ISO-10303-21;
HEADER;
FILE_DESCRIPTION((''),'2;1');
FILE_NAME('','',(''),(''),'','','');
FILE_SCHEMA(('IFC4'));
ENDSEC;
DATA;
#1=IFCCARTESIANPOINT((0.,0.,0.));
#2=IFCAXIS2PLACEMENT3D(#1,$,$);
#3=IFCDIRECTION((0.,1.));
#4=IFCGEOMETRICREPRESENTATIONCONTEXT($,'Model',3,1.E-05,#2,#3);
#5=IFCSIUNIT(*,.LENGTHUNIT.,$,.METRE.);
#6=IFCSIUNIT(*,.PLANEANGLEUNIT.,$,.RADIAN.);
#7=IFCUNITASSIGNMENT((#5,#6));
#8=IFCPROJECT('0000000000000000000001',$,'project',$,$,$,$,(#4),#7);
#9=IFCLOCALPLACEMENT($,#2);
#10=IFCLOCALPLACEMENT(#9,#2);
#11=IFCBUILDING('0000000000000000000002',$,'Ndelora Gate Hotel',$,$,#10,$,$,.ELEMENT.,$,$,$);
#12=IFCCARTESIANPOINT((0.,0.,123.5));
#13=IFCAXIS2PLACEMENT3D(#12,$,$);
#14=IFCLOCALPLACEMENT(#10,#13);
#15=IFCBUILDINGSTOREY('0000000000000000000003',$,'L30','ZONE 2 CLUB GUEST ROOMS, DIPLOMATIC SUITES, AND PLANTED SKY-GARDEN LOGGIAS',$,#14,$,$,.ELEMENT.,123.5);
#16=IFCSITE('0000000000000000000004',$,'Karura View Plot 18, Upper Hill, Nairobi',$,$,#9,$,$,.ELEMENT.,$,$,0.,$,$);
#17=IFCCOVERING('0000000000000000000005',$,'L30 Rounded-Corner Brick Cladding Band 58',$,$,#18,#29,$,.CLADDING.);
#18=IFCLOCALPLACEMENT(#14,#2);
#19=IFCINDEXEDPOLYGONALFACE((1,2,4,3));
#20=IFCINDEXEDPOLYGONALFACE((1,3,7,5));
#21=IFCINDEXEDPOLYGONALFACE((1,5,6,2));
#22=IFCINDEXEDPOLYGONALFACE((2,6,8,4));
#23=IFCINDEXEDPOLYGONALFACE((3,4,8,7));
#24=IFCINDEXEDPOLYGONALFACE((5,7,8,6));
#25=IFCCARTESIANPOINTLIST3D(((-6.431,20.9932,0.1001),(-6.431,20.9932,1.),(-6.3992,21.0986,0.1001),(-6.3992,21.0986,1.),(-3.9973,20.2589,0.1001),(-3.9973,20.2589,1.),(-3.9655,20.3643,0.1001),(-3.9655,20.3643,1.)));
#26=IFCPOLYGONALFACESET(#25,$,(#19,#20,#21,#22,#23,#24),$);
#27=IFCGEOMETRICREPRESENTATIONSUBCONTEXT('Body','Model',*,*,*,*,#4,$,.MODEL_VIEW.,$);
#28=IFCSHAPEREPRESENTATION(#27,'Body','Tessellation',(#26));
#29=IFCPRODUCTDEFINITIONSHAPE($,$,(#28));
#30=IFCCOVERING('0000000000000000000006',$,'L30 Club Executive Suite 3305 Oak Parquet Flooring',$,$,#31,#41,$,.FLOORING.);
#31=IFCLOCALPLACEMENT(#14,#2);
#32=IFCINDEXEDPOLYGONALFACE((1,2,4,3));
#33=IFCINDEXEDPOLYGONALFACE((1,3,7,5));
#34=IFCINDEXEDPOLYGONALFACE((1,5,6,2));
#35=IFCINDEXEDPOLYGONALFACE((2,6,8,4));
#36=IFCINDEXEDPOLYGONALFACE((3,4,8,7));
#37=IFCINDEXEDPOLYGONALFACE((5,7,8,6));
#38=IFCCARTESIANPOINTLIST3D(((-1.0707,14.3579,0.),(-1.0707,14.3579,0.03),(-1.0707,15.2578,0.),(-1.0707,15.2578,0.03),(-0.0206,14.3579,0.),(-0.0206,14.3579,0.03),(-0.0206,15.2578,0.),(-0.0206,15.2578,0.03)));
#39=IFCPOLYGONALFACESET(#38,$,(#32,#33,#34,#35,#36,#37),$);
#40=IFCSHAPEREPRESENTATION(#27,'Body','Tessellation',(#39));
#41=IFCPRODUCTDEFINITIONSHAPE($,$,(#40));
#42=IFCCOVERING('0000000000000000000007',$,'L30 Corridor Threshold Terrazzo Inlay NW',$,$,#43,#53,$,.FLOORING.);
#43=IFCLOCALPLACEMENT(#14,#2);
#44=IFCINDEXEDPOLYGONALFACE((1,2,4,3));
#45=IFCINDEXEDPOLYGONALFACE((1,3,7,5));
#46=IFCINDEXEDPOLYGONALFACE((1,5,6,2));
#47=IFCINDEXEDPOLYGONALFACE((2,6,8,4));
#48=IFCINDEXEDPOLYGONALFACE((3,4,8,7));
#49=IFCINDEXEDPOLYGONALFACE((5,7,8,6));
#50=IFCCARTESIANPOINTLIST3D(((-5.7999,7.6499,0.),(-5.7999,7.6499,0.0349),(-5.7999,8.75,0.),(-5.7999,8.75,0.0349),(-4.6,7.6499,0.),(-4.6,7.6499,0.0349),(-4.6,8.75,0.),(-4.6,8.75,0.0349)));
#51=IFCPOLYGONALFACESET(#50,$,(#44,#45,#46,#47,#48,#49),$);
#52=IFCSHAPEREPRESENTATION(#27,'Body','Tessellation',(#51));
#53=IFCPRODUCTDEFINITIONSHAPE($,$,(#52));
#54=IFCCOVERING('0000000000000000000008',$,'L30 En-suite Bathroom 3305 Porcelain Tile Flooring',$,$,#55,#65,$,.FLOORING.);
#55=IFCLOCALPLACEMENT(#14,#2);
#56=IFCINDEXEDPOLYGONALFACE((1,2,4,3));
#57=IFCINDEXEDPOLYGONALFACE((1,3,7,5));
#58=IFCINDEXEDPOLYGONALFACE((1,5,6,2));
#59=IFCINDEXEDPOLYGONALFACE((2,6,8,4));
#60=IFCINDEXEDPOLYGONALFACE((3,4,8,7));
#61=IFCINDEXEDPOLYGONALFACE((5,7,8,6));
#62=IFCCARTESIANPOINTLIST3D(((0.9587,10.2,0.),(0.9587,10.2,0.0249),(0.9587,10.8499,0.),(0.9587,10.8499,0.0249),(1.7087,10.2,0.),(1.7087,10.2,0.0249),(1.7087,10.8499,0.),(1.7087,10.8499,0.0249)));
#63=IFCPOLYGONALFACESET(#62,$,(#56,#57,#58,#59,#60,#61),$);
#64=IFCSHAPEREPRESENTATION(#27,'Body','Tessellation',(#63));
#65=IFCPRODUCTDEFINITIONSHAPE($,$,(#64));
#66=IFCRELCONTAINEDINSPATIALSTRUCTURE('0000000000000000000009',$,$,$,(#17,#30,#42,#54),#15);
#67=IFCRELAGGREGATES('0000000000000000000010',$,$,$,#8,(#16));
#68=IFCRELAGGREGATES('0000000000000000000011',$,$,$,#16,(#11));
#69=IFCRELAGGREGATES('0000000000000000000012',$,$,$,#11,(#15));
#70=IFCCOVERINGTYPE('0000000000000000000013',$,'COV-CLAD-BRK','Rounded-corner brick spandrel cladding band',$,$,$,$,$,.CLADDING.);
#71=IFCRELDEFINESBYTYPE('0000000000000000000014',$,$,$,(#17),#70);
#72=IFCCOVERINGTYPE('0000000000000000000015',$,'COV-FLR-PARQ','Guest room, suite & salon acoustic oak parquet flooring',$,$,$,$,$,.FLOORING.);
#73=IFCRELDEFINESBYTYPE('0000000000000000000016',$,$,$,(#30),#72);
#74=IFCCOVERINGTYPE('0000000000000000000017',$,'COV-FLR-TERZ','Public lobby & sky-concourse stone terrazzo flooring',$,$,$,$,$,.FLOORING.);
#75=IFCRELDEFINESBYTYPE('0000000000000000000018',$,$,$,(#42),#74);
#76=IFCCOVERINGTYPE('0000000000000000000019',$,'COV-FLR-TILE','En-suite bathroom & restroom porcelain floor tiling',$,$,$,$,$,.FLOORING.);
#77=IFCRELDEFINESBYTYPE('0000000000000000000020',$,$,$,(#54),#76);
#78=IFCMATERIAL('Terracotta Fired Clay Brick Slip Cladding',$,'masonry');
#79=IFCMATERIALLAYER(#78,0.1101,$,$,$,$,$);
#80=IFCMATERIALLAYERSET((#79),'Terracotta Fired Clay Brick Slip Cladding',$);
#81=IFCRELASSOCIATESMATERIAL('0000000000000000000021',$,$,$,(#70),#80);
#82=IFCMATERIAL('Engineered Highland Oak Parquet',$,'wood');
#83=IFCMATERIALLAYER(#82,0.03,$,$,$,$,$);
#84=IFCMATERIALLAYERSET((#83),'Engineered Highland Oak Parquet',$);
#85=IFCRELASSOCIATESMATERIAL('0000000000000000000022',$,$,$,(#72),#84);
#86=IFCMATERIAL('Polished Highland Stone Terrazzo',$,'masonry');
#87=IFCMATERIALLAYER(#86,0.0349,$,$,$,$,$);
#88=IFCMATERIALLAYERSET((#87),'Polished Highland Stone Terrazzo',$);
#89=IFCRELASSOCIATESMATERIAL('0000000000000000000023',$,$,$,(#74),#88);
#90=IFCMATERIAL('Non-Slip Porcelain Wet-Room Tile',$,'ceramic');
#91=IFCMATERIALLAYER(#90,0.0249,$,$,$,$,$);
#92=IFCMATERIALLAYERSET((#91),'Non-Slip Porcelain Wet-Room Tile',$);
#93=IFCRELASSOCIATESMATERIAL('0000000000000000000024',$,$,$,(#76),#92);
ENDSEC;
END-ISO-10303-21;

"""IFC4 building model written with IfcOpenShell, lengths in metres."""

from ifc_helpers import new_model, si_unit, direction, frame, origin, origin_2d, place, context, subcontext, project, spatial, rectangle, extrude, material, layer, layer_set, type_object, element, save


model = new_model("IFC4")

# Units and contexts
model_context = context("Model", 3, precision=1e-05, world=origin(), true_north=direction((0.0, 1.0)))
body_context = subcontext(model_context, "Body", "Model", "MODEL_VIEW")
ifc_project = project(units=[si_unit("LENGTHUNIT", "METRE"), si_unit("PLANEANGLEUNIT", "RADIAN")], contexts=[model_context])

# Site, building, storey
site_placement = place(None, origin())
site = spatial("IfcSite", under=ifc_project, at=site_placement, Name="Karura View Plot 18, Upper Hill, Nairobi", CompositionType="ELEMENT", RefElevation=0.0)
building_placement = place(site_placement, origin())
building = spatial("IfcBuilding", under=site, at=building_placement, Name="Ndelora Gate Hotel", CompositionType="ELEMENT")
storey_placement = place(building_placement, frame((0.0, 0.0, 123.5)))
storey = spatial("IfcBuildingStorey", under=building, at=storey_placement, Name="L30", Description="ZONE 2 CLUB GUEST ROOMS, DIPLOMATIC SUITES, AND PLANTED SKY-GARDEN LOGGIAS", CompositionType="ELEMENT", Elevation=123.5)

# Coverings
ifc_material_1 = material(Name="Terracotta Fired Clay Brick Slip Cladding", Category="masonry")
ifc_layer_1 = layer(ifc_material_1, 0.1101)
ifc_layer_set_1 = layer_set([ifc_layer_1], Name="Terracotta Fired Clay Brick Slip Cladding")
covering_type_1 = type_object("IfcCoveringType", Name="COV-CLAD-BRK", Description="Rounded-corner brick spandrel cladding band", PredefinedType="CLADDING", material=ifc_layer_set_1)
covering_1_placement = place(storey_placement, frame((-5.1982, 20.6787, 0.1001), z_axis=(0.0, 0.0, 1.0), x_axis=(-0.95737, 0.288865, 0.0)))
element("IfcCovering", 1, at=covering_1_placement, inside=storey, type_object=covering_type_1, Name="L30 Rounded-Corner Brick Cladding Band 58", PredefinedType="CLADDING", context=body_context, shape_type="SweptSolid", body=[
    extrude(rectangle(XDim=2.542, YDim=0.1101, at=origin_2d()), origin(), (0.0, 0.0, 1.0), 0.8999),
])
ifc_material_2 = material(Name="Engineered Highland Oak Parquet", Category="wood")
ifc_layer_2 = layer(ifc_material_2, 0.03)
ifc_layer_set_2 = layer_set([ifc_layer_2], Name="Engineered Highland Oak Parquet")
covering_type_2 = type_object("IfcCoveringType", Name="COV-FLR-PARQ", Description="Guest room, suite & salon acoustic oak parquet flooring", PredefinedType="FLOORING", material=ifc_layer_set_2)
covering_2_placement = place(storey_placement, frame((-0.5457, 14.8079, 0.0), z_axis=(0.0, 0.0, 1.0), x_axis=(1.0, 0.0, 0.0)))
element("IfcCovering", 2, at=covering_2_placement, inside=storey, type_object=covering_type_2, Name="L30 Club Executive Suite 3305 Oak Parquet Flooring", PredefinedType="FLOORING", context=body_context, shape_type="SweptSolid", body=[
    extrude(rectangle(XDim=1.05, YDim=0.8999, at=origin_2d()), origin(), (0.0, 0.0, 1.0), 0.03),
])
ifc_material_3 = material(Name="Polished Highland Stone Terrazzo", Category="masonry")
ifc_layer_3 = layer(ifc_material_3, 0.0349)
ifc_layer_set_3 = layer_set([ifc_layer_3], Name="Polished Highland Stone Terrazzo")
covering_type_3 = type_object("IfcCoveringType", Name="COV-FLR-TERZ", Description="Public lobby & sky-concourse stone terrazzo flooring", PredefinedType="FLOORING", material=ifc_layer_set_3)
covering_3_placement = place(storey_placement, frame((-5.2, 8.2, 0.0), z_axis=(0.0, 0.0, 1.0), x_axis=(1.0, 0.0, 0.0)))
element("IfcCovering", 3, at=covering_3_placement, inside=storey, type_object=covering_type_3, Name="L30 Corridor Threshold Terrazzo Inlay NW", PredefinedType="FLOORING", context=body_context, shape_type="SweptSolid", body=[
    extrude(rectangle(XDim=1.2, YDim=1.1001, at=origin_2d()), origin(), (0.0, 0.0, 1.0), 0.0349),
])
ifc_material_4 = material(Name="Non-Slip Porcelain Wet-Room Tile", Category="ceramic")
ifc_layer_4 = layer(ifc_material_4, 0.0249)
ifc_layer_set_4 = layer_set([ifc_layer_4], Name="Non-Slip Porcelain Wet-Room Tile")
covering_type_4 = type_object("IfcCoveringType", Name="COV-FLR-TILE", Description="En-suite bathroom & restroom porcelain floor tiling", PredefinedType="FLOORING", material=ifc_layer_set_4)
covering_4_placement = place(storey_placement, frame((1.3337, 10.5249, 0.0), z_axis=(0.0, 0.0, 1.0), x_axis=(1.0, 0.0, 0.0)))
element("IfcCovering", 4, at=covering_4_placement, inside=storey, type_object=covering_type_4, Name="L30 En-suite Bathroom 3305 Porcelain Tile Flooring", PredefinedType="FLOORING", context=body_context, shape_type="SweptSolid", body=[
    extrude(rectangle(XDim=0.75, YDim=0.6499, at=origin_2d()), origin(), (0.0, 0.0, 1.0), 0.0249),
])

save(model, "model.ifc")
